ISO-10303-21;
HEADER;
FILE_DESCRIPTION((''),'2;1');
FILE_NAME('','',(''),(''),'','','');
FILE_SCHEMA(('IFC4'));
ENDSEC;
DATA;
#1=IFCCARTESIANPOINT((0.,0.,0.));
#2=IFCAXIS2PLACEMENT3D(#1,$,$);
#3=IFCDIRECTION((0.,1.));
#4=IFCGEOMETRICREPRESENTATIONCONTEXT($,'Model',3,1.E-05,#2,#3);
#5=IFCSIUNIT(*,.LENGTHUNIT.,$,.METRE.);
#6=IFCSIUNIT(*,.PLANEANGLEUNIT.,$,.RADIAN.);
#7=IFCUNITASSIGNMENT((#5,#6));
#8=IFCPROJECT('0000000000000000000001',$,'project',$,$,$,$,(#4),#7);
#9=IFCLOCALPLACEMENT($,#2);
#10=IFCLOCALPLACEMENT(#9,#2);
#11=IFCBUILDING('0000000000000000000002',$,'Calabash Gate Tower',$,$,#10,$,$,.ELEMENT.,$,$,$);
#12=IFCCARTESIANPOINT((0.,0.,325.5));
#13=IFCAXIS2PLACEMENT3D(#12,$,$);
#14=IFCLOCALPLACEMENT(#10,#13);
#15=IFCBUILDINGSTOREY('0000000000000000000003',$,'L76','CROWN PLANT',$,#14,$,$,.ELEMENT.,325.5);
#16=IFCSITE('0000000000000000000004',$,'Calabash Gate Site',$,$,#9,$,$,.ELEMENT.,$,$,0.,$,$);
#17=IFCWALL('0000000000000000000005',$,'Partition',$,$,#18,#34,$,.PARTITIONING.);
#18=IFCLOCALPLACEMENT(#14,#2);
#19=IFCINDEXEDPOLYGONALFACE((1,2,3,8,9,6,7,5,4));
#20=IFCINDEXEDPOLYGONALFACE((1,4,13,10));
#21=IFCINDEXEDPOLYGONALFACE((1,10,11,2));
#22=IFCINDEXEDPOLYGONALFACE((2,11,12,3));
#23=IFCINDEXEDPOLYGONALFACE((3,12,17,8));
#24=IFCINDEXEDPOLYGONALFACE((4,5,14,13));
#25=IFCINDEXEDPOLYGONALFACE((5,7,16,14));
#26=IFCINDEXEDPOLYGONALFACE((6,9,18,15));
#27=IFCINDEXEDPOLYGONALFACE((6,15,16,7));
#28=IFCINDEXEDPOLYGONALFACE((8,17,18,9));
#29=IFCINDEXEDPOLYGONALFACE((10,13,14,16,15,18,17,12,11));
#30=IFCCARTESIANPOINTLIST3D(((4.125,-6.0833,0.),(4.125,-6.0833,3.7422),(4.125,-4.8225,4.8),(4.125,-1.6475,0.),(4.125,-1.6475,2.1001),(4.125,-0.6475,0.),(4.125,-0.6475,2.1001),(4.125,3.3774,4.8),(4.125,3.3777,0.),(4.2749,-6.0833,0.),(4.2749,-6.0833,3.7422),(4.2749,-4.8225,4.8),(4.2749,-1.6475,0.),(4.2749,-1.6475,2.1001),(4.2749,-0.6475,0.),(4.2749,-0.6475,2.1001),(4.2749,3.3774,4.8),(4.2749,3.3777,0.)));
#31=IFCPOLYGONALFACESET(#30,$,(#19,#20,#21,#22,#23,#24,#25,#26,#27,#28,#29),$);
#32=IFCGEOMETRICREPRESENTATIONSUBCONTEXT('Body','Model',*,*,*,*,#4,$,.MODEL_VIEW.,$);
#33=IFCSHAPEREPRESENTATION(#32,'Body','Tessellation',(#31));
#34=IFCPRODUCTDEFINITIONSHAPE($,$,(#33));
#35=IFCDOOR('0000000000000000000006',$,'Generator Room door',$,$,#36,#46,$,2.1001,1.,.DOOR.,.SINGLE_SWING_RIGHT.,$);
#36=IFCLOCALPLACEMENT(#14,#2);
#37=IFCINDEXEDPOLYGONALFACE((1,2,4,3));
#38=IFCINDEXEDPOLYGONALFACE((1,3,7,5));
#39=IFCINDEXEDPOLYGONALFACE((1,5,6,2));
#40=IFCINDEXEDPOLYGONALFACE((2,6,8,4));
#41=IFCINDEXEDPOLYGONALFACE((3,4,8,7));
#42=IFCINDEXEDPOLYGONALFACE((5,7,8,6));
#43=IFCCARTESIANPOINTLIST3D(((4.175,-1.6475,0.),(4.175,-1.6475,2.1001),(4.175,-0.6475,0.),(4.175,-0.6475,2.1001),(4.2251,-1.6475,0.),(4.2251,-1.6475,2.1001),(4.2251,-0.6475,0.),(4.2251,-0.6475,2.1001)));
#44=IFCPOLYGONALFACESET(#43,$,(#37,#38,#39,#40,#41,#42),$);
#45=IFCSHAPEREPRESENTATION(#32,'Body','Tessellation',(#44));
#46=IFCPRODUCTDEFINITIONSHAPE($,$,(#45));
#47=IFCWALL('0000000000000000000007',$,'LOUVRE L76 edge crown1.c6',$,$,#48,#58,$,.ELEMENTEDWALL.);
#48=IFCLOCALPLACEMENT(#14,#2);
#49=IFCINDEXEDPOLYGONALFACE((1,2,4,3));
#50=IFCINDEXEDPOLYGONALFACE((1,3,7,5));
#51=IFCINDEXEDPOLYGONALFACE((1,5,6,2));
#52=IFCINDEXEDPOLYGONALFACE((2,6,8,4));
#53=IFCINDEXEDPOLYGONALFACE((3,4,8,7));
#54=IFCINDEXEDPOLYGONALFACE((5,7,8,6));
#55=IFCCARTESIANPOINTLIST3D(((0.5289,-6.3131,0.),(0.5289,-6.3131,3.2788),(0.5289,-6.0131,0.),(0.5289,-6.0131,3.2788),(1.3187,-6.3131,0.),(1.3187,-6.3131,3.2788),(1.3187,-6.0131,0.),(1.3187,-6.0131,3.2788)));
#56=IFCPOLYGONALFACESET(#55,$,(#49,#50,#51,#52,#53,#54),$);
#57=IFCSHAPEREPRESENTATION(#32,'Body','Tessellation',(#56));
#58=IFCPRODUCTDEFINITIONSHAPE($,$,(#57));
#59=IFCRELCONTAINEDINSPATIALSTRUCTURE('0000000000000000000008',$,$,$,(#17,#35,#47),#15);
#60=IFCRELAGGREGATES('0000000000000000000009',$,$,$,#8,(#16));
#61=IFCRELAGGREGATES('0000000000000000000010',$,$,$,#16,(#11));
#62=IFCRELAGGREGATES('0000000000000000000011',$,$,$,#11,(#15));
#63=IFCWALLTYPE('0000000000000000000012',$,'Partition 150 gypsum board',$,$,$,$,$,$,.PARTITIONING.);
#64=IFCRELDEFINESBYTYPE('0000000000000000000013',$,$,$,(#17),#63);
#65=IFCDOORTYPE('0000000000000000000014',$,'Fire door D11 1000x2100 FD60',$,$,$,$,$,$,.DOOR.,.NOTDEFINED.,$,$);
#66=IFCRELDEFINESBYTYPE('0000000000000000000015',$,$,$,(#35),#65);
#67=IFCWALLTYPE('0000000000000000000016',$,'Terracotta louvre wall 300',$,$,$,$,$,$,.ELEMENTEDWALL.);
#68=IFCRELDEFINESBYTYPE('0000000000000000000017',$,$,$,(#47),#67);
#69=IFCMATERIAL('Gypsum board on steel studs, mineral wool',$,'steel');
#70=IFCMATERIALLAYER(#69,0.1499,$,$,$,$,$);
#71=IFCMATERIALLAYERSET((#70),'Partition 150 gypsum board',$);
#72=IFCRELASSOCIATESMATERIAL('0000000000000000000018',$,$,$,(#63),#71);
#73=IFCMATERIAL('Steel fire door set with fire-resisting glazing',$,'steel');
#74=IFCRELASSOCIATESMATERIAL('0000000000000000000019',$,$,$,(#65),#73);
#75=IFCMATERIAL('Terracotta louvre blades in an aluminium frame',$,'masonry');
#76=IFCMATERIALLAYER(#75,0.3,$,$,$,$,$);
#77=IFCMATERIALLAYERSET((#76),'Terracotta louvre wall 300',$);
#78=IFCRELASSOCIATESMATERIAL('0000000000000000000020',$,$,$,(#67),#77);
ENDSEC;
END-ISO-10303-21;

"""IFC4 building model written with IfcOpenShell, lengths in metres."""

from ifc_helpers import new_model, si_unit, direction, frame, frame_2d, origin, place, context, subcontext, project, spatial, polyline, rectangle, outline, extrude, material, layer, layer_set, type_object, element, fill, save


model = new_model("IFC4")

# Units and contexts
model_context = context("Model", 3, precision=1e-05, world=origin(), true_north=direction((0.0, 1.0)))
body_context = subcontext(model_context, "Body", "Model", "MODEL_VIEW")
ifc_project = project(units=[si_unit("LENGTHUNIT", "METRE"), si_unit("PLANEANGLEUNIT", "RADIAN")], contexts=[model_context])

# Site, building, storey
site_placement = place(None, origin())
site = spatial("IfcSite", under=ifc_project, at=site_placement, Name="Calabash Gate Site", CompositionType="ELEMENT", RefElevation=0.0)
building_placement = place(site_placement, origin())
building = spatial("IfcBuilding", under=site, at=building_placement, Name="Calabash Gate Tower", CompositionType="ELEMENT")
storey_placement = place(building_placement, frame((0.0, 0.0, 325.5)))
storey = spatial("IfcBuildingStorey", under=building, at=storey_placement, Name="L76", Description="CROWN PLANT", CompositionType="ELEMENT", Elevation=325.5)

# Shared definitions
ifc_material_1 = material(Name="Gypsum board on steel studs, mineral wool", Category="steel")
ifc_layer_1 = layer(ifc_material_1, 0.1499)
ifc_layer_set_1 = layer_set([ifc_layer_1], Name="Partition 150 gypsum board")
wall_type_1 = type_object("IfcWallType", Name="Partition 150 gypsum board", PredefinedType="PARTITIONING", material=ifc_layer_set_1)

# Wall, opening, door
wall_1_placement = place(storey_placement, frame((4.2, -6.0833, 0.0), z_axis=(0.0, 0.0, 1.0), x_axis=(0.0, 1.0, 0.0)))
wall_1 = element("IfcWall", 1, at=wall_1_placement, inside=storey, type_object=wall_type_1, Name="Partition", PredefinedType="PARTITIONING", context=body_context, shape_type="SweptSolid", body=[
    extrude(outline(polyline([(0.0, 0.0), (9.4609, 0.0), (9.4607, 4.8), (1.2607, 4.8), (0.0, 3.7422), (0.0, 0.0)])), frame((0.0, 0.075, 0.0), z_axis=(0.0, -1.0, 0.0), x_axis=(1.0, 0.0, 0.0)), (0.0, 0.0, 1.0), 0.1499),
])
opening_placement = place(wall_1_placement, frame((4.4358, 0.0, 0.0)))
opening = element("IfcOpeningElement", 2, at=opening_placement, cuts=wall_1, PredefinedType="OPENING", context=body_context, shape_type="SweptSolid", body=[
    extrude(rectangle(XDim=1.0, YDim=2.1001, at=frame_2d((0.5, 1.05))), frame((0.0, 0.085, 0.0), z_axis=(0.0, -1.0, 0.0), x_axis=(1.0, 0.0, 0.0)), (0.0, 0.0, 1.0), 0.1699),
])
ifc_material_2 = material(Name="Steel fire door set with fire-resisting glazing", Category="steel")
door_type = type_object("IfcDoorType", Name="Fire door D11 1000x2100 FD60", OperationType="NOTDEFINED", PredefinedType="DOOR", material=ifc_material_2)
door_placement = place(opening_placement, origin())
door = element("IfcDoor", 3, at=door_placement, inside=storey, type_object=door_type, Name="Generator Room door", OperationType="SINGLE_SWING_RIGHT", OverallHeight=2.1001, OverallWidth=1.0, PredefinedType="DOOR", context=body_context, shape_type="SweptSolid", body=[
    extrude(rectangle(XDim=1.0, YDim=2.1001, at=frame_2d((0.5, 1.05))), frame((0.0, 0.0249, 0.0), z_axis=(0.0, -1.0, 0.0), x_axis=(1.0, 0.0, 0.0)), (0.0, 0.0, 1.0), 0.05),
])
fill(opening, door)

# Wall
ifc_material_3 = material(Name="Terracotta louvre blades in an aluminium frame", Category="masonry")
ifc_layer_2 = layer(ifc_material_3, 0.3)
ifc_layer_set_2 = layer_set([ifc_layer_2], Name="Terracotta louvre wall 300")
wall_type_2 = type_object("IfcWallType", Name="Terracotta louvre wall 300", PredefinedType="ELEMENTEDWALL", material=ifc_layer_set_2)
wall_2_placement = place(storey_placement, frame((0.5288, -6.1631, 0.0), z_axis=(0.0, 0.0, 1.0), x_axis=(1.0, 0.0, 0.0)))
element("IfcWall", 4, at=wall_2_placement, inside=storey, type_object=wall_type_2, Name="LOUVRE L76 edge crown1.c6", PredefinedType="ELEMENTEDWALL", context=body_context, shape_type="SweptSolid", body=[
    extrude(rectangle(XDim=0.7898, YDim=0.3, at=frame_2d((0.395, 0.0))), origin(), (0.0, 0.0, 1.0), 3.2788),
])

save(model, "model.ifc")
